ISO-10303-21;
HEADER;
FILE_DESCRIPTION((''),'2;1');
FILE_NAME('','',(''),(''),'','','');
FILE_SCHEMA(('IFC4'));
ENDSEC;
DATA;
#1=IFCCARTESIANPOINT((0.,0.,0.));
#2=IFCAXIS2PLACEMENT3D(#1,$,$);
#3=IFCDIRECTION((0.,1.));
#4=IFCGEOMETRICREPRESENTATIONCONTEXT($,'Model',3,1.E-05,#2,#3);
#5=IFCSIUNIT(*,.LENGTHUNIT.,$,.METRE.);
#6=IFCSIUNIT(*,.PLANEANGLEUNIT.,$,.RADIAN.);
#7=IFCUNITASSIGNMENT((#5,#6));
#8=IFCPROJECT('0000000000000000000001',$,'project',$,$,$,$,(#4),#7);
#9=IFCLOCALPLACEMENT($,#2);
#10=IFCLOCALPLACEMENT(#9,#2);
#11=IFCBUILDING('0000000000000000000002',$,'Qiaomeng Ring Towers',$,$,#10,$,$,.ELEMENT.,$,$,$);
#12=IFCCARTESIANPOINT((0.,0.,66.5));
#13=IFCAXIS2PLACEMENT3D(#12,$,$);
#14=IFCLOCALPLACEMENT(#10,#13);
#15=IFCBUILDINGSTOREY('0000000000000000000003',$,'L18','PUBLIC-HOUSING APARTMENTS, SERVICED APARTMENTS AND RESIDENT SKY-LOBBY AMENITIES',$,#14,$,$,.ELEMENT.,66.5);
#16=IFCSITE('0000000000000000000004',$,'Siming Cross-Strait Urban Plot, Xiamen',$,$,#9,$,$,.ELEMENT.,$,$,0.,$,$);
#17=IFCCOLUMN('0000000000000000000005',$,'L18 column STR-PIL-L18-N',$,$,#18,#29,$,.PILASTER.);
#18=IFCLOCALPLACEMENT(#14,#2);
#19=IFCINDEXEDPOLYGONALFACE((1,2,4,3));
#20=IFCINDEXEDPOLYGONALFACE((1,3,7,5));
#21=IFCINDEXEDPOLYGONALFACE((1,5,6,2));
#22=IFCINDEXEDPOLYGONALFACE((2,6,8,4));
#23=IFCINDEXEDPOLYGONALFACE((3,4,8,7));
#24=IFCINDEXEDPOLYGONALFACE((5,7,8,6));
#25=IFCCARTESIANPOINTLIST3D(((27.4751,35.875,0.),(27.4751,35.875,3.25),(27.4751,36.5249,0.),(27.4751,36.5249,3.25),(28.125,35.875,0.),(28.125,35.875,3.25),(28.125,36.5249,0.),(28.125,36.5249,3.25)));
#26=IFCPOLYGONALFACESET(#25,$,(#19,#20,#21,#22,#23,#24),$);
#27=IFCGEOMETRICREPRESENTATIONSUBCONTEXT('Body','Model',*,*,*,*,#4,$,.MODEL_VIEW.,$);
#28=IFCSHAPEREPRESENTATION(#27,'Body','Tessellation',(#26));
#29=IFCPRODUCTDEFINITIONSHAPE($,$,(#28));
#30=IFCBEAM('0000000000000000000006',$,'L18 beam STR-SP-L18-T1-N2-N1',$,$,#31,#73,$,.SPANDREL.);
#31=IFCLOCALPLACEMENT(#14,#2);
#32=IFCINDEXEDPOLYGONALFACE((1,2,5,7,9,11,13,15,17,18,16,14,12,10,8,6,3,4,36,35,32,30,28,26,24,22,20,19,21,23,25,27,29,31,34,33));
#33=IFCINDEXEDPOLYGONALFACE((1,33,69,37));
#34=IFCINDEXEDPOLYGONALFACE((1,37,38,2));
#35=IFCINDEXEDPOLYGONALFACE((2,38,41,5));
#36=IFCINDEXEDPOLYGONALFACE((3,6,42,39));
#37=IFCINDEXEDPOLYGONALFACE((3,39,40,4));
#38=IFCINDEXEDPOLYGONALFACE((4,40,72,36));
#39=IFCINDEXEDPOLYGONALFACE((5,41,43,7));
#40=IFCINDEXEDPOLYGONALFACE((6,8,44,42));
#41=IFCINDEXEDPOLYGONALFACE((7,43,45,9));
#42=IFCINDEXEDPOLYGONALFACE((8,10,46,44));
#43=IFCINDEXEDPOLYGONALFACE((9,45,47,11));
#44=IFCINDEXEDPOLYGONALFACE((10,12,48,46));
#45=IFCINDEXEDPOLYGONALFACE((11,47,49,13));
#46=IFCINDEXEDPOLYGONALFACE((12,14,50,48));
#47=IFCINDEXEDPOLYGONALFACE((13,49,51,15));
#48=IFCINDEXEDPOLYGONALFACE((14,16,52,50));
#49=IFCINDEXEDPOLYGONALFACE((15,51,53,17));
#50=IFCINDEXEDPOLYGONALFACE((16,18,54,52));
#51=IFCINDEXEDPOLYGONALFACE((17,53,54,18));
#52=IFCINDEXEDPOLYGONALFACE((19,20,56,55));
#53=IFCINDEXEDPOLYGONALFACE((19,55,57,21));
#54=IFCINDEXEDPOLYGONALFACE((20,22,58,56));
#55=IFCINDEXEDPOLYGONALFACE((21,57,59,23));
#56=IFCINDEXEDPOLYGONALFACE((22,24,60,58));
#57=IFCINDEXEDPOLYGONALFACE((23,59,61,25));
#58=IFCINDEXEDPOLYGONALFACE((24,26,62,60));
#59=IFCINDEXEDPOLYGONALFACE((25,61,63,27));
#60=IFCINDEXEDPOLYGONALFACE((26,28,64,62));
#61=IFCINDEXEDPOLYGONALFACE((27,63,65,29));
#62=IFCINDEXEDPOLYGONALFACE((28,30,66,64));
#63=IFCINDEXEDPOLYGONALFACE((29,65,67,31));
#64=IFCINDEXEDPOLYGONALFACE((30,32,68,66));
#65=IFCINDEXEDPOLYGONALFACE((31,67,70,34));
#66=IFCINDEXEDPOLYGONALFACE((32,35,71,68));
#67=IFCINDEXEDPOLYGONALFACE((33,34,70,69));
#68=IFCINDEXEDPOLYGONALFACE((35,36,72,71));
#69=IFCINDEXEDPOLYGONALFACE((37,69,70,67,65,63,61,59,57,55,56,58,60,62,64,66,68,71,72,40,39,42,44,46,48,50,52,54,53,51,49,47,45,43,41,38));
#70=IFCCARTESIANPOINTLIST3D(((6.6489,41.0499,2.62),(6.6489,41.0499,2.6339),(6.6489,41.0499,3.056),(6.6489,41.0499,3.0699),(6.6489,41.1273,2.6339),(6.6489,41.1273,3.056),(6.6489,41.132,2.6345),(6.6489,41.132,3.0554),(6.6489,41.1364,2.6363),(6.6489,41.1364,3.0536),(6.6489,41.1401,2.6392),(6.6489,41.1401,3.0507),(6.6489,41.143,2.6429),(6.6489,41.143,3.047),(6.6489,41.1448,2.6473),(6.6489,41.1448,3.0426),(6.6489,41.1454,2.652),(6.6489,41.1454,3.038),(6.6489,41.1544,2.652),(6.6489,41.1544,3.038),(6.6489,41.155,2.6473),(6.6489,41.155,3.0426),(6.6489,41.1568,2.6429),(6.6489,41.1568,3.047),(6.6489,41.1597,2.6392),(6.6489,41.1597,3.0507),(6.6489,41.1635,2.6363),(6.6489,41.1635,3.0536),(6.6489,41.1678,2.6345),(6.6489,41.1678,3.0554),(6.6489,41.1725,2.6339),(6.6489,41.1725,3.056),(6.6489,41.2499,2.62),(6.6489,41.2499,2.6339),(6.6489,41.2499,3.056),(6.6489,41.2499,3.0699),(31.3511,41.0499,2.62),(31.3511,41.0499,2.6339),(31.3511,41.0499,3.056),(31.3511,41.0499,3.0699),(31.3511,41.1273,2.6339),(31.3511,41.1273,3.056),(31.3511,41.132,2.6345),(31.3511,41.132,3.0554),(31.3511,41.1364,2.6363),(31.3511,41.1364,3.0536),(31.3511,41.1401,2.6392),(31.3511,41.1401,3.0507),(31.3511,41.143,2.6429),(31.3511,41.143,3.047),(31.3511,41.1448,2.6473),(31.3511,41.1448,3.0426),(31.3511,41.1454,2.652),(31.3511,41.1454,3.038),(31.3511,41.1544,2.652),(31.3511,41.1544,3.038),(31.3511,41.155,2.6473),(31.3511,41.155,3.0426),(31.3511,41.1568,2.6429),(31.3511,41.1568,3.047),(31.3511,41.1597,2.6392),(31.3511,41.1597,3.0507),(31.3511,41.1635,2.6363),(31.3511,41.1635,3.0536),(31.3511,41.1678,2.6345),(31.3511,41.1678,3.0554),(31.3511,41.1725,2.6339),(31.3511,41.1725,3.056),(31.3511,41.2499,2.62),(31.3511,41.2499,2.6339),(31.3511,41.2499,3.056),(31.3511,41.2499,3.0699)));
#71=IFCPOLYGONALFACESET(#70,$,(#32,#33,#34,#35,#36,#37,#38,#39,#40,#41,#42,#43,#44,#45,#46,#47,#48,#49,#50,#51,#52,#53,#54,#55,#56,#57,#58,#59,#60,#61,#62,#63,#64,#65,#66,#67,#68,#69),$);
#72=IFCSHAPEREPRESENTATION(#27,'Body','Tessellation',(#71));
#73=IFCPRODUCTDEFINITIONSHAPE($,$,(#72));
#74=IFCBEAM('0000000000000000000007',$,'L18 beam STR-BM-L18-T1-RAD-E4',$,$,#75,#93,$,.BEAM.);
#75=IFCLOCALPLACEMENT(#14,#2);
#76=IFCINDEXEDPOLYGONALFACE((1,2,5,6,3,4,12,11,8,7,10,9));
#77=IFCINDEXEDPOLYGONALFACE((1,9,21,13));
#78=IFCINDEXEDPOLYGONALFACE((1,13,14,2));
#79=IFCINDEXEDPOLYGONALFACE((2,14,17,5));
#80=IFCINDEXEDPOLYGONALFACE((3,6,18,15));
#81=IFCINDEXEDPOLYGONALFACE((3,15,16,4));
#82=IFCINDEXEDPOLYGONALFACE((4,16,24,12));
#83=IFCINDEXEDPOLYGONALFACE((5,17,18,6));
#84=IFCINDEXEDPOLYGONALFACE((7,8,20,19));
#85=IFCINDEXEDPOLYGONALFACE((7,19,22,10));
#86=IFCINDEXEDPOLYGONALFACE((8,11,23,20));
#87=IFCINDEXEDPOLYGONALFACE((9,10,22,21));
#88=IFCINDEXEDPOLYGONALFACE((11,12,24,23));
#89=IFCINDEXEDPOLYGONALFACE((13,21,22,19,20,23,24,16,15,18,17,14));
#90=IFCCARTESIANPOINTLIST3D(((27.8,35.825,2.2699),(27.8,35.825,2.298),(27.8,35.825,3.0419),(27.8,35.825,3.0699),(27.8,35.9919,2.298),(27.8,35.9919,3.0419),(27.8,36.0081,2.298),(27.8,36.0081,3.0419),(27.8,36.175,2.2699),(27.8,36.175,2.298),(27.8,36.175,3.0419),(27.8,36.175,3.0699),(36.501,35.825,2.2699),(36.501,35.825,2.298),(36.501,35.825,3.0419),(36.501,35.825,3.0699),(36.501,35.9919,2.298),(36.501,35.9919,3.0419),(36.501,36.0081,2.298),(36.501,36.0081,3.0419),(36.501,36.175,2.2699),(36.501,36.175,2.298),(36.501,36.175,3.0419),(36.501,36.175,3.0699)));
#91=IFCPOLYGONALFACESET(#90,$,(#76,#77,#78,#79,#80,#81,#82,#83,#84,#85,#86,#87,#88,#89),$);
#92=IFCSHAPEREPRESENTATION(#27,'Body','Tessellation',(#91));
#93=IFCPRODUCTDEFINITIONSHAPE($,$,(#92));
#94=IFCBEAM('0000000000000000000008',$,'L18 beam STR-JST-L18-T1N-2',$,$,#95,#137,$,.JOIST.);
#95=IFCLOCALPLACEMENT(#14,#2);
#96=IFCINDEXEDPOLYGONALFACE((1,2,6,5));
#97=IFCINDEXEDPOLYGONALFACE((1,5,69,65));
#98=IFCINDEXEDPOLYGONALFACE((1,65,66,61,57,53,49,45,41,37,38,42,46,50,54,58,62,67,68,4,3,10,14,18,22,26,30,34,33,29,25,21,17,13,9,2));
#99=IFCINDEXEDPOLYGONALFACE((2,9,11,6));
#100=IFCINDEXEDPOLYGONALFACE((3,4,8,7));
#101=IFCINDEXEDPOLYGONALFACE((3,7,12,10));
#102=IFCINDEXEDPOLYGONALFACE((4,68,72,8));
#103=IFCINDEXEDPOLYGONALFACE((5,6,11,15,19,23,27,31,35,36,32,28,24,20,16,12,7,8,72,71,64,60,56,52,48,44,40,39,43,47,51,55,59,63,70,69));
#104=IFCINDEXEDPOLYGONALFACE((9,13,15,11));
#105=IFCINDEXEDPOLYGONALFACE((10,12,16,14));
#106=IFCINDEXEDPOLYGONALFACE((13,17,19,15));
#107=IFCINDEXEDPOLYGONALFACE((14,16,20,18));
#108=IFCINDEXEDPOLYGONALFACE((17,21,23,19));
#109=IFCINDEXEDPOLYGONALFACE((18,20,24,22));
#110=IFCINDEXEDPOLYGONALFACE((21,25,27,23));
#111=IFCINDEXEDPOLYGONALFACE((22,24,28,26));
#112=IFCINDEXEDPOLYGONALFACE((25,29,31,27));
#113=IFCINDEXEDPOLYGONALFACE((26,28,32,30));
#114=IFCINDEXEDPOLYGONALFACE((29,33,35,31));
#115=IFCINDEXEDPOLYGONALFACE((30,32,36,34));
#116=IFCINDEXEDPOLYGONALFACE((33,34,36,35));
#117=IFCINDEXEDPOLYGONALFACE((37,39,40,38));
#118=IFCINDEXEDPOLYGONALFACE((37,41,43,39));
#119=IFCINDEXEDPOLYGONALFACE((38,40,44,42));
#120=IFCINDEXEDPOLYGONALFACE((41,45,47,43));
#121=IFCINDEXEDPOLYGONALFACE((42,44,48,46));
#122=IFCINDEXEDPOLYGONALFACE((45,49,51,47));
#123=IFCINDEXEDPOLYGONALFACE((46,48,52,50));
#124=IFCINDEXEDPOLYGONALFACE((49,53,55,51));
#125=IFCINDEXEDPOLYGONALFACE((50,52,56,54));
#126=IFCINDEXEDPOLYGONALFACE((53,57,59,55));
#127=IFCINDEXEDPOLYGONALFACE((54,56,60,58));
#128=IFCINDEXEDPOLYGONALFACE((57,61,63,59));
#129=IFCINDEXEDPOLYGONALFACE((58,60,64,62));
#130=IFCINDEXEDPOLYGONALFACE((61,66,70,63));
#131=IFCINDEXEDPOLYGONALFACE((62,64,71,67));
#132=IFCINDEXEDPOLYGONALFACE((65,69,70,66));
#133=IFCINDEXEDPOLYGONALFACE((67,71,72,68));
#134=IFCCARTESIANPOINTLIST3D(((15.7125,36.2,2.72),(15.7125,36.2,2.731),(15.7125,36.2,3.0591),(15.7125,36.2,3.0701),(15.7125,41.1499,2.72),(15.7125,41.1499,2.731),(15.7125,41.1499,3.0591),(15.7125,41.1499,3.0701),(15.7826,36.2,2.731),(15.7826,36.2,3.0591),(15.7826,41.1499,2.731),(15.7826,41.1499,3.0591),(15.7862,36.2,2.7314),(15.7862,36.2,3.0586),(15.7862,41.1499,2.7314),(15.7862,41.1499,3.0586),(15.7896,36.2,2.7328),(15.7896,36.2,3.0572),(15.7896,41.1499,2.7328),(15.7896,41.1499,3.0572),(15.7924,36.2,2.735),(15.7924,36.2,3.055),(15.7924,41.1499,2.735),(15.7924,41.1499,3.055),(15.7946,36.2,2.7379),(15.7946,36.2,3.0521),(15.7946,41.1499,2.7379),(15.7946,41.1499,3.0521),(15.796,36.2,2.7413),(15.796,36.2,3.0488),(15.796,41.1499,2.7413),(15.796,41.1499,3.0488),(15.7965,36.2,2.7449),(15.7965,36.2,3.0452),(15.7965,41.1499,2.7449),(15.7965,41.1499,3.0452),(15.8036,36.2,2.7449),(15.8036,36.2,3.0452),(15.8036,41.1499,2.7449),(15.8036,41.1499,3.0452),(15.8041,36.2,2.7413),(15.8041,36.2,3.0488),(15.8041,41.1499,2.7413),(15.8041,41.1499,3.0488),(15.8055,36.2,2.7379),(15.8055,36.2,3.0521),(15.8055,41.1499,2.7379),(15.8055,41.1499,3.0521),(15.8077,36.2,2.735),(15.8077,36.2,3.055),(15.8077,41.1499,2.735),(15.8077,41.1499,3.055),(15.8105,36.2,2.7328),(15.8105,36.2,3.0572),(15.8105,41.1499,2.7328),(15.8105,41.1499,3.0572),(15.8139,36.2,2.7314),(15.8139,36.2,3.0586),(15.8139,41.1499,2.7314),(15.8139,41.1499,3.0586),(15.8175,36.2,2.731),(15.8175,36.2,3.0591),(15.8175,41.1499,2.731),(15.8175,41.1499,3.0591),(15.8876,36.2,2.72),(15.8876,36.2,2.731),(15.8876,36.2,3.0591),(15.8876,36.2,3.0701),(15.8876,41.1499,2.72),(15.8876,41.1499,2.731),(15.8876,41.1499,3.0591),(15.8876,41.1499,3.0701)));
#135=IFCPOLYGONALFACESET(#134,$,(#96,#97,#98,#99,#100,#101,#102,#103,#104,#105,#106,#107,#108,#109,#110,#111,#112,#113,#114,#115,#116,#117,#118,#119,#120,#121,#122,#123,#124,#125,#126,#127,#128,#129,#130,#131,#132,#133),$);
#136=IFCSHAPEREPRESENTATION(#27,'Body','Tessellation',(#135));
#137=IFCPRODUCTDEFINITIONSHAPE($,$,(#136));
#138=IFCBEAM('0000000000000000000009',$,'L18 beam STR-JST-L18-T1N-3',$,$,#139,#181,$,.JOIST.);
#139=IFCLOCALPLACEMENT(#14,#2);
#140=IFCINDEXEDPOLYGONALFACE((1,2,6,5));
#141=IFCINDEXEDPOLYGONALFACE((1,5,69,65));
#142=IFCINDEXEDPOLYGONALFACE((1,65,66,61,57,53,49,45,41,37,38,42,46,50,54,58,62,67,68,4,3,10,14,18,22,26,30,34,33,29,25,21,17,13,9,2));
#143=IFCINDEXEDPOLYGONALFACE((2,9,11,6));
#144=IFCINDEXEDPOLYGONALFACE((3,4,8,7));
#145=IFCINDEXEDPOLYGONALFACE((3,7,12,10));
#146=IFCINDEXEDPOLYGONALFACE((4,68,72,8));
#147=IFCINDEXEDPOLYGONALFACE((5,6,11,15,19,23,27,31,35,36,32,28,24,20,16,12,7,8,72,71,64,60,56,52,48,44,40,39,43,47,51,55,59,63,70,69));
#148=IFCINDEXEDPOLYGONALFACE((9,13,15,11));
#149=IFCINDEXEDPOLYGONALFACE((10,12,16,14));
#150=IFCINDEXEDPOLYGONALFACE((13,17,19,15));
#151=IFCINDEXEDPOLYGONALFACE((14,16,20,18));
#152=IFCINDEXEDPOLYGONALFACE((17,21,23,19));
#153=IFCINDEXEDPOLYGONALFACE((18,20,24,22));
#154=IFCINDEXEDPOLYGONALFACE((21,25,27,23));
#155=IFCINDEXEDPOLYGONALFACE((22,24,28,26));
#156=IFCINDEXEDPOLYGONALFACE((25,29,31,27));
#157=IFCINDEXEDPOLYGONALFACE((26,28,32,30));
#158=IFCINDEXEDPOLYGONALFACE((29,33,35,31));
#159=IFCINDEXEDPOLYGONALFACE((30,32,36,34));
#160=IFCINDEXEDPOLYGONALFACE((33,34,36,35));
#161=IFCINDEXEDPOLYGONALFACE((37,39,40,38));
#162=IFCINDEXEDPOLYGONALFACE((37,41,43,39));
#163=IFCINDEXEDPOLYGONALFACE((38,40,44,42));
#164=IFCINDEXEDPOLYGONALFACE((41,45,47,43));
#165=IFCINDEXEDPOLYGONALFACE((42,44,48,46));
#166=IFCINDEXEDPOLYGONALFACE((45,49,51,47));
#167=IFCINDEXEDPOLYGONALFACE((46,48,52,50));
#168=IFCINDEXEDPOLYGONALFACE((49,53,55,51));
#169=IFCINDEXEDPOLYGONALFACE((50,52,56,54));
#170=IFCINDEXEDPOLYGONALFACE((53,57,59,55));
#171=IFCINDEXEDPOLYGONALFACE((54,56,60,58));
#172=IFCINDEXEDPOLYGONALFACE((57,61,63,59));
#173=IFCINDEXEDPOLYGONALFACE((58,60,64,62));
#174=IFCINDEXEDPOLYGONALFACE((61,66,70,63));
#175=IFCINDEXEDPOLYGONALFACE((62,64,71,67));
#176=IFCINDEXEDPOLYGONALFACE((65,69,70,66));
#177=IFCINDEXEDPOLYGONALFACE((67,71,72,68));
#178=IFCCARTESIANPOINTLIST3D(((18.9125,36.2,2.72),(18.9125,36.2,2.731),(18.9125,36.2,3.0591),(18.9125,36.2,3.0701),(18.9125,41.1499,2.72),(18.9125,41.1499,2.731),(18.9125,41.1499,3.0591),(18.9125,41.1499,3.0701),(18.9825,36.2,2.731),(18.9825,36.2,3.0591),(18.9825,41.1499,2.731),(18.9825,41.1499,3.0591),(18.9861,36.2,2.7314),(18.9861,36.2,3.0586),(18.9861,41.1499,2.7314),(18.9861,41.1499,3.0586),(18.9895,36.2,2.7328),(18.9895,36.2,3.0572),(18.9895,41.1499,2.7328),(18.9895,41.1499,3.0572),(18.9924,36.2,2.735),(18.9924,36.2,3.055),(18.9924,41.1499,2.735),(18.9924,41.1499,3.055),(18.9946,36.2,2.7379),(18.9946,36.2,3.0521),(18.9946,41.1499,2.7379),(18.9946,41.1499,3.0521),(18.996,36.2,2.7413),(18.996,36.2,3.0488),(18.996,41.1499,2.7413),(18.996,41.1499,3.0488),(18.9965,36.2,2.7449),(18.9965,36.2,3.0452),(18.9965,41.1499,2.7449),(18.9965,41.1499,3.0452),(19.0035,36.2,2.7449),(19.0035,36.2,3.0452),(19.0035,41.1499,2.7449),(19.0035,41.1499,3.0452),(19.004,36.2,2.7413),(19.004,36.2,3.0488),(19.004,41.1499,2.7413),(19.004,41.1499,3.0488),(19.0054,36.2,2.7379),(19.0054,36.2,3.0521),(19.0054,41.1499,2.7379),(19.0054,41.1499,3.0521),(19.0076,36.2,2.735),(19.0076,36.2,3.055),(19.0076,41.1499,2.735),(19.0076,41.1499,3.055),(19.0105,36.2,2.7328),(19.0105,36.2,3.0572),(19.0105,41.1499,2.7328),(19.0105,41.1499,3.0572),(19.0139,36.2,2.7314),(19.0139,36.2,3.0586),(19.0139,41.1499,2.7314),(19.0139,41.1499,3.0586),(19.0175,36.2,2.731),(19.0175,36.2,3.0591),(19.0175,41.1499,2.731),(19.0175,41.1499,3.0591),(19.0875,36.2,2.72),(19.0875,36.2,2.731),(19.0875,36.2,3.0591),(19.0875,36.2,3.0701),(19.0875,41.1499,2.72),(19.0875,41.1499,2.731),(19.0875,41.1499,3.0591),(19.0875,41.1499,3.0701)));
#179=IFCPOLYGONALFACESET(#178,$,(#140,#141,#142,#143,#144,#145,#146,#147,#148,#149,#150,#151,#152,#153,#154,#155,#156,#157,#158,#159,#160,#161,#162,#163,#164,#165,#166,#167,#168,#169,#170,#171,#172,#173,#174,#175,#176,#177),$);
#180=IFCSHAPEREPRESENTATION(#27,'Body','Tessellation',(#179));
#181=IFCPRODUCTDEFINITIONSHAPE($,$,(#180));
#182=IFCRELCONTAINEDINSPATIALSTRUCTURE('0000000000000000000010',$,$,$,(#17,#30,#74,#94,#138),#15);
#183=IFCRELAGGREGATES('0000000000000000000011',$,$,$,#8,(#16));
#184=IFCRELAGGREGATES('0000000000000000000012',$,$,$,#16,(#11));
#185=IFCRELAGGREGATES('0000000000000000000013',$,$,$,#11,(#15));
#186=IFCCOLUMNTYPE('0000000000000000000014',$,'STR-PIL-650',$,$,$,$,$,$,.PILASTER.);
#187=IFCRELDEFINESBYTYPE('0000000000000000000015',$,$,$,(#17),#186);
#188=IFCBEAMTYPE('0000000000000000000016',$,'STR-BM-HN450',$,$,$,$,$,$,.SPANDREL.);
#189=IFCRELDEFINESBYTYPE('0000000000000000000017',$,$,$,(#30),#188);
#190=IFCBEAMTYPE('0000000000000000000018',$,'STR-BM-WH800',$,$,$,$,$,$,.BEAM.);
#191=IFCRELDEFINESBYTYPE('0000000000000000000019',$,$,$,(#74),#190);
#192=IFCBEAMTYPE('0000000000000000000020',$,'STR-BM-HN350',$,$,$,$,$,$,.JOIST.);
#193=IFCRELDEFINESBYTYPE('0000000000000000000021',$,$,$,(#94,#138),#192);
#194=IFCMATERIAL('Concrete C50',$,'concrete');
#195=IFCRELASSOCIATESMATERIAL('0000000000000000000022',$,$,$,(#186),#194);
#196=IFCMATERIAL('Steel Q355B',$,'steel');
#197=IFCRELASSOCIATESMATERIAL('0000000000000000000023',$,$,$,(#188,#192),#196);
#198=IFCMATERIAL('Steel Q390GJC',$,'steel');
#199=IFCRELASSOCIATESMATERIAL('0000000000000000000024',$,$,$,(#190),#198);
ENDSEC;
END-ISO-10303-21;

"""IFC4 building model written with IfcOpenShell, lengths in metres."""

from ifc_helpers import new_model, si_unit, direction, frame, origin, origin_2d, place, context, subcontext, project, spatial, rectangle, i_section, extrude, source, transform, mapped, material, material_profile, profile_set, type_object, element, save


model = new_model("IFC4")

# Units and contexts
model_context = context("Model", 3, precision=1e-05, world=origin(), true_north=direction((0.0, 1.0)))
body_context = subcontext(model_context, "Body", "Model", "MODEL_VIEW")
ifc_project = project(units=[si_unit("LENGTHUNIT", "METRE"), si_unit("PLANEANGLEUNIT", "RADIAN")], contexts=[model_context])

# Site, building, storey
site_placement = place(None, origin())
site = spatial("IfcSite", under=ifc_project, at=site_placement, Name="Siming Cross-Strait Urban Plot, Xiamen", CompositionType="ELEMENT", RefElevation=0.0)
building_placement = place(site_placement, origin())
building = spatial("IfcBuilding", under=site, at=building_placement, Name="Qiaomeng Ring Towers", CompositionType="ELEMENT")
storey_placement = place(building_placement, frame((0.0, 0.0, 66.5)))
storey = spatial("IfcBuildingStorey", under=building, at=storey_placement, Name="L18", Description="PUBLIC-HOUSING APARTMENTS, SERVICED APARTMENTS AND RESIDENT SKY-LOBBY AMENITIES", CompositionType="ELEMENT", Elevation=66.5)

# Column
ifc_material_1 = material(Name="Concrete C50", Category="concrete")
ifc_material_profile_1 = material_profile(ifc_material_1, rectangle(XDim=0.6499, YDim=0.6499, at=origin_2d()), Name="RC COL 650x650")
ifc_profile_set_1 = profile_set([ifc_material_profile_1], Name="Concrete C50")
column_type = type_object("IfcColumnType", Name="STR-PIL-650", PredefinedType="PILASTER", material=ifc_profile_set_1)
shared_shape_1 = source(origin(), body_context, "Body", "SweptSolid", [
    extrude(rectangle(XDim=0.6499, YDim=0.6499, at=origin_2d()), origin(), (0.0, 0.0, 1.0), 3.25),
])
column_placement = place(storey_placement, frame((27.8, 36.2, 0.0), z_axis=(0.0, 0.0, 1.0), x_axis=(1.0, 0.0, 0.0)))
element("IfcColumn", 1, at=column_placement, inside=storey, type_object=column_type, Name="L18 column STR-PIL-L18-N", PredefinedType="PILASTER", context=body_context, shape_type="MappedRepresentation", body=[
    mapped(shared_shape_1, transform((0.0, 0.0, 0.0), x_axis=(1.0, 0.0, 0.0), y_axis=(0.0, 1.0, 0.0), z_axis=(0.0, 0.0, 1.0), scale=1.0)),
])

# Beams
ifc_material_2 = material(Name="Steel Q355B", Category="steel")
ifc_material_profile_2 = material_profile(ifc_material_2, i_section(OverallWidth=0.2, OverallDepth=0.45, WebThickness=0.009, FlangeThickness=0.0139, FilletRadius=0.0181, at=origin_2d()), Name="HN 450x200x9x14")
ifc_profile_set_2 = profile_set([ifc_material_profile_2], Name="Steel Q355B")
beam_type_1 = type_object("IfcBeamType", Name="STR-BM-HN450", PredefinedType="SPANDREL", material=ifc_profile_set_2)
shared_shape_2 = source(origin(), body_context, "Body", "SweptSolid", [
    extrude(i_section(OverallWidth=0.2, OverallDepth=0.45, WebThickness=0.009, FlangeThickness=0.0139, FilletRadius=0.0181, at=origin_2d()), origin(), (0.0, 0.0, 1.0), 24.7021),
])
beam_1_placement = place(storey_placement, frame((31.3511, 41.1499, 2.845), z_axis=(-1.0, 0.0, 0.0), x_axis=(0.0, -1.0, 0.0)))
element("IfcBeam", 2, at=beam_1_placement, inside=storey, type_object=beam_type_1, Name="L18 beam STR-SP-L18-T1-N2-N1", PredefinedType="SPANDREL", context=body_context, shape_type="MappedRepresentation", body=[
    mapped(shared_shape_2, transform((0.0, 0.0, 0.0), x_axis=(1.0, 0.0, 0.0), y_axis=(0.0, 1.0, 0.0), z_axis=(0.0, 0.0, 1.0), scale=1.0)),
])
ifc_material_3 = material(Name="Steel Q390GJC", Category="steel")
ifc_material_profile_3 = material_profile(ifc_material_3, i_section(OverallWidth=0.3501, OverallDepth=0.8, WebThickness=0.0161, FlangeThickness=0.0281, at=origin_2d()), Name="WH 800x350x16x28")
ifc_profile_set_3 = profile_set([ifc_material_profile_3], Name="Steel Q390GJC")
beam_type_2 = type_object("IfcBeamType", Name="STR-BM-WH800", PredefinedType="BEAM", material=ifc_profile_set_3)
shared_shape_3 = source(origin(), body_context, "Body", "SweptSolid", [
    extrude(i_section(OverallWidth=0.3501, OverallDepth=0.8, WebThickness=0.0161, FlangeThickness=0.0281, at=origin_2d()), origin(), (0.0, 0.0, 1.0), 8.7009),
])
beam_2_placement = place(storey_placement, frame((27.8, 36.0, 2.6699), z_axis=(1.0, 0.0, 0.0), x_axis=(0.0, 1.0, 0.0)))
element("IfcBeam", 3, at=beam_2_placement, inside=storey, type_object=beam_type_2, Name="L18 beam STR-BM-L18-T1-RAD-E4", PredefinedType="BEAM", context=body_context, shape_type="MappedRepresentation", body=[
    mapped(shared_shape_3, transform((0.0, 0.0, 0.0), x_axis=(1.0, 0.0, 0.0), y_axis=(0.0, 1.0, 0.0), z_axis=(0.0, 0.0, 1.0), scale=1.0)),
])
ifc_material_profile_4 = material_profile(ifc_material_2, i_section(OverallWidth=0.175, OverallDepth=0.3501, WebThickness=0.0071, FlangeThickness=0.011, FilletRadius=0.0139, at=origin_2d()), Name="HN 350x175x7x11")
ifc_profile_set_4 = profile_set([ifc_material_profile_4], Name="Steel Q355B")
beam_type_3 = type_object("IfcBeamType", Name="STR-BM-HN350", PredefinedType="JOIST", material=ifc_profile_set_4)
shared_shape_4 = source(origin(), body_context, "Body", "SweptSolid", [
    extrude(i_section(OverallWidth=0.175, OverallDepth=0.3501, WebThickness=0.0071, FlangeThickness=0.011, FilletRadius=0.0139, at=origin_2d()), origin(), (0.0, 0.0, 1.0), 4.95),
])
for number, where, z_axis, x_axis, name in (
    (4, (15.8, 36.2, 2.895), (0.0, 1.0, 0.0), (-1.0, 0.0, 0.0), "L18 beam STR-JST-L18-T1N-2"),
    (5, (19.0, 36.2, 2.895), (0.0, 1.0, 0.0), (-1.0, 0.0, 0.0), "L18 beam STR-JST-L18-T1N-3"),
):
    element("IfcBeam", number, at=place(storey_placement, frame(where, z_axis=z_axis, x_axis=x_axis)), inside=storey, type_object=beam_type_3, Name=name, PredefinedType="JOIST", context=body_context, shape_type="MappedRepresentation", body=[
        mapped(shared_shape_4, transform((0.0, 0.0, 0.0), x_axis=(1.0, 0.0, 0.0), y_axis=(0.0, 1.0, 0.0), z_axis=(0.0, 0.0, 1.0), scale=1.0)),
    ])

save(model, "model.ifc")
